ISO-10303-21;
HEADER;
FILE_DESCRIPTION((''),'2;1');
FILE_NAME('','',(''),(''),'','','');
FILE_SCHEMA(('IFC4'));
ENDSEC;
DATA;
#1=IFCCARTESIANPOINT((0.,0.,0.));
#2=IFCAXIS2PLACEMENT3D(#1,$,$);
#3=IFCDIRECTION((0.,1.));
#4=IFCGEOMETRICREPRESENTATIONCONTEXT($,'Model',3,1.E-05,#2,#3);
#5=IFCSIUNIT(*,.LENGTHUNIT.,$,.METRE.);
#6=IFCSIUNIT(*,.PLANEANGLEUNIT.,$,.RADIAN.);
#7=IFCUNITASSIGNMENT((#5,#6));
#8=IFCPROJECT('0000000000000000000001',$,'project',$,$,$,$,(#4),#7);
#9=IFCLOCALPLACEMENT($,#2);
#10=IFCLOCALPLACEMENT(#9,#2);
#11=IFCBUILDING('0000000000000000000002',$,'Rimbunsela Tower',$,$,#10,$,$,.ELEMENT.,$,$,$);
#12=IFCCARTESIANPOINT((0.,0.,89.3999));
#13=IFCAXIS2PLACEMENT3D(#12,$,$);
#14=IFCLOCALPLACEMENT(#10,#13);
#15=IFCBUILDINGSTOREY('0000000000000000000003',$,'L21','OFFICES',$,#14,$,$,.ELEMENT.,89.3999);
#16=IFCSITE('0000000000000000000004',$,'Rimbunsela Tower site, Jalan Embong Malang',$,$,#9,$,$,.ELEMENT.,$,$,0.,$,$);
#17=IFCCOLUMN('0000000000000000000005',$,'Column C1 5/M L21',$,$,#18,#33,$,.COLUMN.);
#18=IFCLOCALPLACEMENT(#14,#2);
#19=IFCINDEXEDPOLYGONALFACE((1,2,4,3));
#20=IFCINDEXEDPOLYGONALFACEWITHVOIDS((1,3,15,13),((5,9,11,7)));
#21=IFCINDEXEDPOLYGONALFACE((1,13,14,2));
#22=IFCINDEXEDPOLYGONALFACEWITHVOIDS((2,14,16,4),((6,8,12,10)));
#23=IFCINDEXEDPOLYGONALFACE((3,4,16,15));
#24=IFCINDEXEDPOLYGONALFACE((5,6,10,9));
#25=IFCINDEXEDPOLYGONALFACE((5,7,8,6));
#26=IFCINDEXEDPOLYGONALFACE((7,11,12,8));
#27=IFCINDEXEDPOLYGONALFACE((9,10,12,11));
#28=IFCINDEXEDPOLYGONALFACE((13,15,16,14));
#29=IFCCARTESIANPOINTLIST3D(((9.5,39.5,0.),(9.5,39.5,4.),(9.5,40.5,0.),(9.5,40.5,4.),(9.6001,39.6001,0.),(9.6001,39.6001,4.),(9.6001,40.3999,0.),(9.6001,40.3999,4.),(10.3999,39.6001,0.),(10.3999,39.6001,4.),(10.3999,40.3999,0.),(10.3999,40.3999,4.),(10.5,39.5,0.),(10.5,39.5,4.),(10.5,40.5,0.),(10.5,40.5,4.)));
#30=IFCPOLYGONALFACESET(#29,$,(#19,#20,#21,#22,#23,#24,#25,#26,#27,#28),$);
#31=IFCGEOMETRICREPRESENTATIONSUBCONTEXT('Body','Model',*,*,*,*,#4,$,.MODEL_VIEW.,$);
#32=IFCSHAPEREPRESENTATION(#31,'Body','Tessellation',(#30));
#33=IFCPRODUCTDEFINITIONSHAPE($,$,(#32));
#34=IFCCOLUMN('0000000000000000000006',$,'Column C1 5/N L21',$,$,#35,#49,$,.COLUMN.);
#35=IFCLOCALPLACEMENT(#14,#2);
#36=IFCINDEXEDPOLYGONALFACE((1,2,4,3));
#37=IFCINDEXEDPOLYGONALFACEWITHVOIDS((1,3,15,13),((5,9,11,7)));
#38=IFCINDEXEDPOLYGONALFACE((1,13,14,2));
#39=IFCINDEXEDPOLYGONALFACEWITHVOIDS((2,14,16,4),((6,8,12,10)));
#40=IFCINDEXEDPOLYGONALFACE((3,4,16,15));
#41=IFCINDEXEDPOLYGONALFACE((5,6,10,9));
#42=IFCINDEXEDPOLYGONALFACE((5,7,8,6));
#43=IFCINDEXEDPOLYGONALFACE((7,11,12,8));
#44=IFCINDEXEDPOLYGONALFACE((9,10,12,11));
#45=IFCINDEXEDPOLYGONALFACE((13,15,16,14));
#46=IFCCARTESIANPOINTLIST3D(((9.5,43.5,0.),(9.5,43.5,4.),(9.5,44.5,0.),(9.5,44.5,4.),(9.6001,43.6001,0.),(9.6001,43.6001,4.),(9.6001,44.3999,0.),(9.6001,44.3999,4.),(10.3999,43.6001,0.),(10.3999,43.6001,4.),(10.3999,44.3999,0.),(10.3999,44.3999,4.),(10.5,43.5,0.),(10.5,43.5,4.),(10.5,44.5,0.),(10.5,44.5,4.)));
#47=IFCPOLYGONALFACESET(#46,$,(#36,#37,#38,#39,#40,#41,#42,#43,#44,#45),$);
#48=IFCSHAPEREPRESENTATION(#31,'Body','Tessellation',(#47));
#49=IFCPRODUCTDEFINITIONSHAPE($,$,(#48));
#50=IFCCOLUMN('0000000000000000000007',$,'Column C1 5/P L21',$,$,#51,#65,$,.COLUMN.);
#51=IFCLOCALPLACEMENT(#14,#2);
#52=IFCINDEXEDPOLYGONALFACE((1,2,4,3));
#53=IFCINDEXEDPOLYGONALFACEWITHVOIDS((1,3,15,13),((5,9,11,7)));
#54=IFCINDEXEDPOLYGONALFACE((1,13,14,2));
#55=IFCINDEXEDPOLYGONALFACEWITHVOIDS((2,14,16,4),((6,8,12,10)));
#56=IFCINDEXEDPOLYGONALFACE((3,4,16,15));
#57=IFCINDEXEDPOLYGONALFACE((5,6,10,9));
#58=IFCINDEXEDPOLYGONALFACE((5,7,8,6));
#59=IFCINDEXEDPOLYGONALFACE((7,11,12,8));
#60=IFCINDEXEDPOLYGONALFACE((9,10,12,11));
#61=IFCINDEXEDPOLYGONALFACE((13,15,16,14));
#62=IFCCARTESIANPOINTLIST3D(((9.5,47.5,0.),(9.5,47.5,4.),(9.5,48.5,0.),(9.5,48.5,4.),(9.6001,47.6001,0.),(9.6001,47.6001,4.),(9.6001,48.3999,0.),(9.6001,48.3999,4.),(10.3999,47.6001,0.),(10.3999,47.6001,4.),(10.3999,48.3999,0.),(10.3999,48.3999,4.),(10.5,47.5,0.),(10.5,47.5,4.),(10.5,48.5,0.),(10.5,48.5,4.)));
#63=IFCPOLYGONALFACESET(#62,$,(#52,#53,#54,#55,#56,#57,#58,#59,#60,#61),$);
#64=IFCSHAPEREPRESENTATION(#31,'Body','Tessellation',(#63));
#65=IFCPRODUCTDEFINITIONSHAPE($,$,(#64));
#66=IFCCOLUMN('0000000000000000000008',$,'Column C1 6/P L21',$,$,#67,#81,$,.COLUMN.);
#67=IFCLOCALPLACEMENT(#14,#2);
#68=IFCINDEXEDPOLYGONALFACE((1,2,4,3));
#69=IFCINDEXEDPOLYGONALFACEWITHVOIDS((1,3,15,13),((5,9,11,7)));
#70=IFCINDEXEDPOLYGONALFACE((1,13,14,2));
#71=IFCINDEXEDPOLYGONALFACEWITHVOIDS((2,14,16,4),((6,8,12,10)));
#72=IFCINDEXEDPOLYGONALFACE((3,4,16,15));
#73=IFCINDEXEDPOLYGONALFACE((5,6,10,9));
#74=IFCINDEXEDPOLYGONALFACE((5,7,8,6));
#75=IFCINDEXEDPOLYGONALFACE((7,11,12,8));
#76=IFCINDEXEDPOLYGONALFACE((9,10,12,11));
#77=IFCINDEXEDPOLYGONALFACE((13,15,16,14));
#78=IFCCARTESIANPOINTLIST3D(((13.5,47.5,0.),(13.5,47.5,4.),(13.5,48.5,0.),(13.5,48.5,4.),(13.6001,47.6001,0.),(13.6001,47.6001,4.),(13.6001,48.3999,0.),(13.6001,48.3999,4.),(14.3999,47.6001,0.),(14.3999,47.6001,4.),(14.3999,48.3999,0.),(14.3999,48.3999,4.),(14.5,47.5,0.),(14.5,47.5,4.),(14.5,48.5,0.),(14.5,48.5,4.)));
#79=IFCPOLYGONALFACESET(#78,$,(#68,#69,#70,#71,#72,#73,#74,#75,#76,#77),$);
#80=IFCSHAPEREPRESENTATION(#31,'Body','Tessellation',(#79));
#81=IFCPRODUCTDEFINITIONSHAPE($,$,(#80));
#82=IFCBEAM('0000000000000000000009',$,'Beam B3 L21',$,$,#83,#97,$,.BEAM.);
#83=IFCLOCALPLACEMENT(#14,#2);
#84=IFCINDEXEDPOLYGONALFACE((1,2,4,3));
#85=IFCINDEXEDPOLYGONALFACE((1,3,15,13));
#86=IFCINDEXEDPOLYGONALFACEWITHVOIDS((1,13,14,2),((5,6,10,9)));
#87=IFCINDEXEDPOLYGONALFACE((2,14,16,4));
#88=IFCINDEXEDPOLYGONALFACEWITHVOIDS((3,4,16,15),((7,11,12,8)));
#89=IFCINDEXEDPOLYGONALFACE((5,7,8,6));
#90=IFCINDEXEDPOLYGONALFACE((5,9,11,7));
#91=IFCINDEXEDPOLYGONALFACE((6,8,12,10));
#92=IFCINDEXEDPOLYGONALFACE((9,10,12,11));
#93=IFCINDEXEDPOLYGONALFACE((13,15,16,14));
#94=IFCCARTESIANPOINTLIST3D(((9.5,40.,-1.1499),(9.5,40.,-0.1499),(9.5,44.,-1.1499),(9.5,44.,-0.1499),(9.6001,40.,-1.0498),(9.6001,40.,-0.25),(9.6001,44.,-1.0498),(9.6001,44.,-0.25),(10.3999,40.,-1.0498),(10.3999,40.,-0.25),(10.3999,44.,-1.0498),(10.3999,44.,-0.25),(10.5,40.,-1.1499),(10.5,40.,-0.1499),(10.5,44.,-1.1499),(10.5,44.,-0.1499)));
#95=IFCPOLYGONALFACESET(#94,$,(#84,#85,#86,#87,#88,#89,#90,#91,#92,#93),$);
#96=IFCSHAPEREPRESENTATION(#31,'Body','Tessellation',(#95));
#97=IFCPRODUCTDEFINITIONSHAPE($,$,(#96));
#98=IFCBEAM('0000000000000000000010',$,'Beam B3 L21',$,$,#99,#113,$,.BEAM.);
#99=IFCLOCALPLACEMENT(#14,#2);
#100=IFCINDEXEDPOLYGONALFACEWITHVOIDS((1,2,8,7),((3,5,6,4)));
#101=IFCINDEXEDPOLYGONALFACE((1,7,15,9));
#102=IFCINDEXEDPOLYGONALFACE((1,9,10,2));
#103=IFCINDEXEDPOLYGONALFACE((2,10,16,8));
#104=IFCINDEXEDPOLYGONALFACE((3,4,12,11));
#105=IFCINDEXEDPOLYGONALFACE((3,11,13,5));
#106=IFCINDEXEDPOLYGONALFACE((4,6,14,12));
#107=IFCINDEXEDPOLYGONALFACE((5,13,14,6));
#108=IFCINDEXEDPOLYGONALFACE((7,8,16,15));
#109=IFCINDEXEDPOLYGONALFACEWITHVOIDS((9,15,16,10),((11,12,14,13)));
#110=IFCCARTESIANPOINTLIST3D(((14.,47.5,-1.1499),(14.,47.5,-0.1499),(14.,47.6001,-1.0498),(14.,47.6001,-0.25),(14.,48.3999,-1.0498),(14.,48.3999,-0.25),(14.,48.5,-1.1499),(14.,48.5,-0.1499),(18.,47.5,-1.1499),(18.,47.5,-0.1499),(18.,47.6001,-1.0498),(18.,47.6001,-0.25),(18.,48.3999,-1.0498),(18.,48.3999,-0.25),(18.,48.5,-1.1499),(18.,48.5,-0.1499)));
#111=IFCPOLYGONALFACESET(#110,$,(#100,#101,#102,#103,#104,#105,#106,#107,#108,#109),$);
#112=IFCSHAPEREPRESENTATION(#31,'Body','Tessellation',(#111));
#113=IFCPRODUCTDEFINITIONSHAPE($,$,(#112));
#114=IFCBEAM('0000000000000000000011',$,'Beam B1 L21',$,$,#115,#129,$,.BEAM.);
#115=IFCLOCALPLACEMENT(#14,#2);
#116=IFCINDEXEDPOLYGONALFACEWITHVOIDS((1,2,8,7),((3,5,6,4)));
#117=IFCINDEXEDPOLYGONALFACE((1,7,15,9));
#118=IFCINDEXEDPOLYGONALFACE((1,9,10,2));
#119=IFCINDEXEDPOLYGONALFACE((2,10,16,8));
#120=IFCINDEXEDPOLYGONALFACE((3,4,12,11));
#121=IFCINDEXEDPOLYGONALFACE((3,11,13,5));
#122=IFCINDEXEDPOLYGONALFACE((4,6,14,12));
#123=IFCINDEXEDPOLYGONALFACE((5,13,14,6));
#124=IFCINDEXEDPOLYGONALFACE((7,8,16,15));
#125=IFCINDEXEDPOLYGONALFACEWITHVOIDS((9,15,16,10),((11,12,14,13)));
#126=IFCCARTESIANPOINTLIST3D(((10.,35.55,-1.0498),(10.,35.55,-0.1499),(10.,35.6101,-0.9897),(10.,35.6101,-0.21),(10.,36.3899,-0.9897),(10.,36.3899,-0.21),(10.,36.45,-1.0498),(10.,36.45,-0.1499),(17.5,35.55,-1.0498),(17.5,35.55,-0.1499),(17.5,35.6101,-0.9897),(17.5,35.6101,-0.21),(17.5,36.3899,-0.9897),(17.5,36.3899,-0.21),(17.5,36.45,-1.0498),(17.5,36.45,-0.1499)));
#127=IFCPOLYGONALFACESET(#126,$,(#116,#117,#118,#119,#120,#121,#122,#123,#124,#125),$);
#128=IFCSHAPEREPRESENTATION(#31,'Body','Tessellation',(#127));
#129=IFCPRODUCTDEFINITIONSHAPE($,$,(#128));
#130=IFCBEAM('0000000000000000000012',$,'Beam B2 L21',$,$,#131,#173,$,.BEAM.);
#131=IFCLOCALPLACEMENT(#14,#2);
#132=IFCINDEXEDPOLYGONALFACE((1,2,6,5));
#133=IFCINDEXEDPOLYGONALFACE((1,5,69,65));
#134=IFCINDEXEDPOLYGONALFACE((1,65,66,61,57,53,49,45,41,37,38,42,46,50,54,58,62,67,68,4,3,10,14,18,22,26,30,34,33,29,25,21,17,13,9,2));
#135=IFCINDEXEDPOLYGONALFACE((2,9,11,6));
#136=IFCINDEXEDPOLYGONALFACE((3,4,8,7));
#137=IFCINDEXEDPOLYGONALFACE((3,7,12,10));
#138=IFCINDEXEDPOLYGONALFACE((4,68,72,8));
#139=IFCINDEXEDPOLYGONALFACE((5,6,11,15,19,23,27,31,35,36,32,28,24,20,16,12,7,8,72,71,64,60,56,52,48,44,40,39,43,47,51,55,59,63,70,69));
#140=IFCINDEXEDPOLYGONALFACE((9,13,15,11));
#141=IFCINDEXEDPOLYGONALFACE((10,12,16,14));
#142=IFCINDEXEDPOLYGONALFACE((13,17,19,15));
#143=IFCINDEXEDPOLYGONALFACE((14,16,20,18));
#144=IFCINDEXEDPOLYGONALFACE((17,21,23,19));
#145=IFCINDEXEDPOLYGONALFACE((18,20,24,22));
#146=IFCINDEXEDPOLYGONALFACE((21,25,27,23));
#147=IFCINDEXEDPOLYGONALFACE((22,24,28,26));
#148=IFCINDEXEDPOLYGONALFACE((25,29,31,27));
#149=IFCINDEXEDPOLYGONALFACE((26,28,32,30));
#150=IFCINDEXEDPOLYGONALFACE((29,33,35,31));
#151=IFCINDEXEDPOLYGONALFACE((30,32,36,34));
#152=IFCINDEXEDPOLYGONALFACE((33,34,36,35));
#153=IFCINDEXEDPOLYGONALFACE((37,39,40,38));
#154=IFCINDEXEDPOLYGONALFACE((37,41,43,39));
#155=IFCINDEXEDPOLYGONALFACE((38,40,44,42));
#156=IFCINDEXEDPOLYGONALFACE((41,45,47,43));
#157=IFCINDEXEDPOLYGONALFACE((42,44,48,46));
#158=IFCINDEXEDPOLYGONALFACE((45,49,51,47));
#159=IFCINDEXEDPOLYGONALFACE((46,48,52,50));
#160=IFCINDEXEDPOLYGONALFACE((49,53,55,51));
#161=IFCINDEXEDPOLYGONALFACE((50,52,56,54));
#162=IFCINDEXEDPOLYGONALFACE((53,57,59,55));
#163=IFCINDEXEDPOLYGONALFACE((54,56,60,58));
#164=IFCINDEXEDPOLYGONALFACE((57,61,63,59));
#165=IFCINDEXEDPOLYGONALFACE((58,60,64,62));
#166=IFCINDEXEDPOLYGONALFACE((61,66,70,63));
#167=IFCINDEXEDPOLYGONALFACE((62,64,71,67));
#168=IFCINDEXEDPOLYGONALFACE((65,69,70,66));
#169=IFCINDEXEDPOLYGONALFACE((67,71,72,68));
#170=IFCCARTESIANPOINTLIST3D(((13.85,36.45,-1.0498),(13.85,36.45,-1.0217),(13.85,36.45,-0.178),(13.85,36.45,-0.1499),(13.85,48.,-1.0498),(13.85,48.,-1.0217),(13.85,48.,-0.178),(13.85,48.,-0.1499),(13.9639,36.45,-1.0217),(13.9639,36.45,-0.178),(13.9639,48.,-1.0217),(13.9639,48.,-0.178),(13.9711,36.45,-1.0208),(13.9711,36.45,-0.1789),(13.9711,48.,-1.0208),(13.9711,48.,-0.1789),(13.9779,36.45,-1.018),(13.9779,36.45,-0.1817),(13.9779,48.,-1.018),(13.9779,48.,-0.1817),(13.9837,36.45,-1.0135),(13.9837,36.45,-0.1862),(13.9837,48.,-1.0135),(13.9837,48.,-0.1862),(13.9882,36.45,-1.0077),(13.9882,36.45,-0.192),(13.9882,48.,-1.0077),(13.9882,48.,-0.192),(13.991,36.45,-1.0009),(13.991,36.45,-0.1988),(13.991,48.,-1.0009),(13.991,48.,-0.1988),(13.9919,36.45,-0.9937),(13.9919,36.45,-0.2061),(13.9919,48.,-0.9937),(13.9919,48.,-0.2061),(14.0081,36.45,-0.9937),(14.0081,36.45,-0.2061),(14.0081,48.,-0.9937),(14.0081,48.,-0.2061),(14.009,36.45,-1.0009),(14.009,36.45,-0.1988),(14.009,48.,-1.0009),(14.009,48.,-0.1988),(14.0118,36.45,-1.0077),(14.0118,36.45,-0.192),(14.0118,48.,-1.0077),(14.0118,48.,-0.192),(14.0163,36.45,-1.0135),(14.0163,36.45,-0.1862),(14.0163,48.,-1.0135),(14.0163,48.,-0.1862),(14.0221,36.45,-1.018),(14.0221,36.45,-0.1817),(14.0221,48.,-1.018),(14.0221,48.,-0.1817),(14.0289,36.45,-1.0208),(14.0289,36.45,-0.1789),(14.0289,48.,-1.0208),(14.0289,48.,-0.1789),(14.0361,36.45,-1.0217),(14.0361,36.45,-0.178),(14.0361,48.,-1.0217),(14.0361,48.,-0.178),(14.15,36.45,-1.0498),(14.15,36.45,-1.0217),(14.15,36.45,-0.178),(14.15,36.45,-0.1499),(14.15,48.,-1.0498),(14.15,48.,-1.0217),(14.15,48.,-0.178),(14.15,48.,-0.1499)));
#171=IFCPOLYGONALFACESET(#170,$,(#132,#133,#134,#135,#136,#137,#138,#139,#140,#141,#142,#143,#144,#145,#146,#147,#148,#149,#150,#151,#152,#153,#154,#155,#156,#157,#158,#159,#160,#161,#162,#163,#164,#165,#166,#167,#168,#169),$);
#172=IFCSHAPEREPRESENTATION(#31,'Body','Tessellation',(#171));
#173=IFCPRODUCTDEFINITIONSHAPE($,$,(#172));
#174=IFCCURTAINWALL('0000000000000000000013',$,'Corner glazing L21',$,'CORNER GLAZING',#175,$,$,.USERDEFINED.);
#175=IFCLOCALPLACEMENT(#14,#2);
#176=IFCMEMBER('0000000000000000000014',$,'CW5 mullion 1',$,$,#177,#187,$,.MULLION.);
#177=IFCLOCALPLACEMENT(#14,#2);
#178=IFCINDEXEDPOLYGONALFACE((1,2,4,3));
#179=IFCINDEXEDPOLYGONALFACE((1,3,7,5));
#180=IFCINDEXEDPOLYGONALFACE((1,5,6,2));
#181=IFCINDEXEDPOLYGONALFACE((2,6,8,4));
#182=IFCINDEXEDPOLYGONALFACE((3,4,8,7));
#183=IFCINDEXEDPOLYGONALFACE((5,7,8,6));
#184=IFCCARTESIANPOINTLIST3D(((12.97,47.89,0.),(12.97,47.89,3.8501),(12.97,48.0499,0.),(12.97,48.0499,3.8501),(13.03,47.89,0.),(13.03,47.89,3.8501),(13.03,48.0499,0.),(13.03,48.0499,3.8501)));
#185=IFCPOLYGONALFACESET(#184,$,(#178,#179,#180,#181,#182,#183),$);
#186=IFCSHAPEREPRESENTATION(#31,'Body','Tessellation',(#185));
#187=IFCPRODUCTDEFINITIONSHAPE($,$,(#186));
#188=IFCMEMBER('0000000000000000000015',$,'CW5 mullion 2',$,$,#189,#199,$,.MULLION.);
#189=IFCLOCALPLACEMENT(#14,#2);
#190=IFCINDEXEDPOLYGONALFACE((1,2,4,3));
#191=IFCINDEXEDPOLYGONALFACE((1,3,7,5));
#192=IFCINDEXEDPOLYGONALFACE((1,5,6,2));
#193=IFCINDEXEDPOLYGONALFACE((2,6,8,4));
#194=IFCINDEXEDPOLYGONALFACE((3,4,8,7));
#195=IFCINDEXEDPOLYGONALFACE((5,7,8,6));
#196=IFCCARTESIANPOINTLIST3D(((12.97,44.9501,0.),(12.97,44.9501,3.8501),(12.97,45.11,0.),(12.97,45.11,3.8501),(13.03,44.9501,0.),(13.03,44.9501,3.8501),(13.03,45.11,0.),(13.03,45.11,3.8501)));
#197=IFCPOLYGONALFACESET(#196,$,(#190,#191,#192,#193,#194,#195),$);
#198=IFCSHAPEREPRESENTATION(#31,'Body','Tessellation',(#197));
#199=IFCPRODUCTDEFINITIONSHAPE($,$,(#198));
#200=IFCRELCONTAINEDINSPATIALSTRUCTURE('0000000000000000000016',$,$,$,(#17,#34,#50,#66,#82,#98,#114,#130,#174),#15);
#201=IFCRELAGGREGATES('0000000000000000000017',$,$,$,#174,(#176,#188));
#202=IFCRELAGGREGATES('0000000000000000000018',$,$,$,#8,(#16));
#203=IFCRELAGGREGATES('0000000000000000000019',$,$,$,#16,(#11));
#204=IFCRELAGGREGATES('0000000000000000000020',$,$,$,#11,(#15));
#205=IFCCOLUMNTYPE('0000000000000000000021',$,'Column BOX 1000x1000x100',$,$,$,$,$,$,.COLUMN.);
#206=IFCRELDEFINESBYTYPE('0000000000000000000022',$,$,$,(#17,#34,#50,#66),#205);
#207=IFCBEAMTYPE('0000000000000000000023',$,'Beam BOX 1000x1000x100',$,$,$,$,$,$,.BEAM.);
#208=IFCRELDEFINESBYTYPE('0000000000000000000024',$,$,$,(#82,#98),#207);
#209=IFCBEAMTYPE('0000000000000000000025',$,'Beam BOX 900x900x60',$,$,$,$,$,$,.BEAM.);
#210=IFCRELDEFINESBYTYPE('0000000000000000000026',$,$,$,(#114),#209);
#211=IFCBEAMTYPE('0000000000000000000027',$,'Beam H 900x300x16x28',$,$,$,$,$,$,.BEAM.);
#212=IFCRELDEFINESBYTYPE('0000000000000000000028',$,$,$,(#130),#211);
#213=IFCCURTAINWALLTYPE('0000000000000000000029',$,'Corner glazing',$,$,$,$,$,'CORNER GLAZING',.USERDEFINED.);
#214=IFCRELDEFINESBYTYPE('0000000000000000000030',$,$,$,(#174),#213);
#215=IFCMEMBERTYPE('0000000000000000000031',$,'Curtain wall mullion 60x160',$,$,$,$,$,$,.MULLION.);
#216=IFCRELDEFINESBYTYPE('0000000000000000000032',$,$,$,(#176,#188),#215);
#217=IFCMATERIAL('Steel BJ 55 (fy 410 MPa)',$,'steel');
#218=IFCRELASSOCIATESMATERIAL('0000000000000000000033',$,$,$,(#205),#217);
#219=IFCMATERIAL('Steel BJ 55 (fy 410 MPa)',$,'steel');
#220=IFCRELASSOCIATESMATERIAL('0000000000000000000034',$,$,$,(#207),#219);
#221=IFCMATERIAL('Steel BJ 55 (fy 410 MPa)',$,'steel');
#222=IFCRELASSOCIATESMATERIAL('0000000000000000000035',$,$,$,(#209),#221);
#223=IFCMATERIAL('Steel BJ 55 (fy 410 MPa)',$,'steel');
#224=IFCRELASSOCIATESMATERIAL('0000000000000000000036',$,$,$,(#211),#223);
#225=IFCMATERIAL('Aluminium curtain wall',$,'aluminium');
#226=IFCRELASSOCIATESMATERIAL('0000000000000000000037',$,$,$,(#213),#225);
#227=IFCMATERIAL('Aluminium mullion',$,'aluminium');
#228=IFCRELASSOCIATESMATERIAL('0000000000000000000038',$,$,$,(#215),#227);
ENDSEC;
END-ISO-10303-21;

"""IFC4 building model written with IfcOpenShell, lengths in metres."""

from ifc_helpers import new_model, si_unit, direction, frame, origin, origin_2d, place, context, subcontext, project, spatial, rectangle, hollow_rectangle, i_section, extrude, material, material_profile, profile_set, type_object, element, aggregate, save


model = new_model("IFC4")

# Units and contexts
model_context = context("Model", 3, precision=1e-05, world=origin(), true_north=direction((0.0, 1.0)))
body_context = subcontext(model_context, "Body", "Model", "MODEL_VIEW")
ifc_project = project(units=[si_unit("LENGTHUNIT", "METRE"), si_unit("PLANEANGLEUNIT", "RADIAN")], contexts=[model_context])

# Site, building, storey
site_placement = place(None, origin())
site = spatial("IfcSite", under=ifc_project, at=site_placement, Name="Rimbunsela Tower site, Jalan Embong Malang", CompositionType="ELEMENT", RefElevation=0.0)
building_placement = place(site_placement, origin())
building = spatial("IfcBuilding", under=site, at=building_placement, Name="Rimbunsela Tower", CompositionType="ELEMENT")
storey_placement = place(building_placement, frame((0.0, 0.0, 89.3999)))
storey = spatial("IfcBuildingStorey", under=building, at=storey_placement, Name="L21", Description="OFFICES", CompositionType="ELEMENT", Elevation=89.3999)

# Columns
ifc_material_1 = material(Name="Steel BJ 55 (fy 410 MPa)", Category="steel")
ifc_material_profile_1 = material_profile(ifc_material_1, hollow_rectangle(XDim=1.0, YDim=1.0, WallThickness=0.1001, at=origin_2d()), Name="BOX 1000x1000x100")
ifc_profile_set_1 = profile_set([ifc_material_profile_1], Name="Steel BJ 55 (fy 410 MPa)")
column_type = type_object("IfcColumnType", Name="Column BOX 1000x1000x100", PredefinedType="COLUMN", material=ifc_profile_set_1)
for number, where, z_axis, x_axis, name in (
    (1, (10.0, 40.0, 0.0), (0.0, 0.0, 1.0), (1.0, 0.0, 0.0), "Column C1 5/M L21"),
    (2, (10.0, 44.0, 0.0), (0.0, 0.0, 1.0), (1.0, 0.0, 0.0), "Column C1 5/N L21"),
    (3, (10.0, 48.0, 0.0), (0.0, 0.0, 1.0), (1.0, 0.0, 0.0), "Column C1 5/P L21"),
    (4, (14.0, 48.0, 0.0), (0.0, 0.0, 1.0), (1.0, 0.0, 0.0), "Column C1 6/P L21"),
):
    element("IfcColumn", number, at=place(storey_placement, frame(where, z_axis=z_axis, x_axis=x_axis)), inside=storey, type_object=column_type, Name=name, PredefinedType="COLUMN", context=body_context, shape_type="SweptSolid", body=[
        extrude(hollow_rectangle(XDim=1.0, YDim=1.0, WallThickness=0.1001, at=origin_2d()), origin(), (0.0, 0.0, 1.0), 4.0),
    ])

# Beams
ifc_material_2 = material(Name="Steel BJ 55 (fy 410 MPa)", Category="steel")
ifc_material_profile_2 = material_profile(ifc_material_2, hollow_rectangle(XDim=1.0, YDim=1.0, WallThickness=0.1001, at=origin_2d()), Name="BOX 1000x1000x100")
ifc_profile_set_2 = profile_set([ifc_material_profile_2], Name="Steel BJ 55 (fy 410 MPa)")
beam_type_1 = type_object("IfcBeamType", Name="Beam BOX 1000x1000x100", PredefinedType="BEAM", material=ifc_profile_set_2)
for number, where, z_axis, x_axis, name in (
    (5, (10.0, 40.0, -0.6499), (0.0, 1.0, 0.0), (-1.0, 0.0, 0.0), "Beam B3 L21"),
    (6, (14.0, 48.0, -0.6499), (1.0, 0.0, 0.0), (0.0, 1.0, 0.0), "Beam B3 L21"),
):
    element("IfcBeam", number, at=place(storey_placement, frame(where, z_axis=z_axis, x_axis=x_axis)), inside=storey, type_object=beam_type_1, Name=name, PredefinedType="BEAM", context=body_context, shape_type="SweptSolid", body=[
        extrude(hollow_rectangle(XDim=1.0, YDim=1.0, WallThickness=0.1001, at=origin_2d()), origin(), (0.0, 0.0, 1.0), 4.0),
    ])
ifc_material_3 = material(Name="Steel BJ 55 (fy 410 MPa)", Category="steel")
ifc_material_profile_3 = material_profile(ifc_material_3, hollow_rectangle(XDim=0.8999, YDim=0.8999, WallThickness=0.0601, at=origin_2d()), Name="BOX 900x900x60")
ifc_profile_set_3 = profile_set([ifc_material_profile_3], Name="Steel BJ 55 (fy 410 MPa)")
beam_type_2 = type_object("IfcBeamType", Name="Beam BOX 900x900x60", PredefinedType="BEAM", material=ifc_profile_set_3)
beam_1_placement = place(storey_placement, frame((10.0, 36.0, -0.5999), z_axis=(1.0, 0.0, 0.0), x_axis=(0.0, 1.0, 0.0)))
element("IfcBeam", 7, at=beam_1_placement, inside=storey, type_object=beam_type_2, Name="Beam B1 L21", PredefinedType="BEAM", context=body_context, shape_type="SweptSolid", body=[
    extrude(hollow_rectangle(XDim=0.8999, YDim=0.8999, WallThickness=0.0601, at=origin_2d()), origin(), (0.0, 0.0, 1.0), 7.5),
])
ifc_material_4 = material(Name="Steel BJ 55 (fy 410 MPa)", Category="steel")
ifc_material_profile_4 = material_profile(ifc_material_4, i_section(OverallWidth=0.3, OverallDepth=0.8999, WebThickness=0.0161, FlangeThickness=0.0281, FilletRadius=0.0281, at=origin_2d()), Name="H 900x300x16x28")
ifc_profile_set_4 = profile_set([ifc_material_profile_4], Name="Steel BJ 55 (fy 410 MPa)")
beam_type_3 = type_object("IfcBeamType", Name="Beam H 900x300x16x28", PredefinedType="BEAM", material=ifc_profile_set_4)
beam_2_placement = place(storey_placement, frame((14.0, 36.45, -0.5999), z_axis=(0.0, 1.0, 0.0), x_axis=(-1.0, 0.0, 0.0)))
element("IfcBeam", 8, at=beam_2_placement, inside=storey, type_object=beam_type_3, Name="Beam B2 L21", PredefinedType="BEAM", context=body_context, shape_type="SweptSolid", body=[
    extrude(i_section(OverallWidth=0.3, OverallDepth=0.8999, WebThickness=0.0161, FlangeThickness=0.0281, FilletRadius=0.0281, at=origin_2d()), origin(), (0.0, 0.0, 1.0), 11.55),
])

# Curtain wall, members
ifc_material_5 = material(Name="Aluminium curtain wall", Category="aluminium")
curtain_wall_type = type_object("IfcCurtainWallType", Name="Corner glazing", ElementType="CORNER GLAZING", PredefinedType="USERDEFINED", material=ifc_material_5)
curtain_wall_1_placement = place(storey_placement, origin())
curtain_wall_1 = element("IfcCurtainWall", 9, at=curtain_wall_1_placement, inside=storey, type_object=curtain_wall_type, Name="Corner glazing L21", ObjectType="CORNER GLAZING", PredefinedType="USERDEFINED")
ifc_material_6 = material(Name="Aluminium mullion", Category="aluminium")
ifc_material_profile_5 = material_profile(ifc_material_6, rectangle(XDim=0.0601, YDim=0.1599, at=origin_2d()), Name="Mullion 60x160")
ifc_profile_set_5 = profile_set([ifc_material_profile_5], Name="Aluminium mullion")
member_type_1 = type_object("IfcMemberType", Name="Curtain wall mullion 60x160", PredefinedType="MULLION", material=ifc_profile_set_5)
member_1_placement = place(storey_placement, frame((13.0, 47.97, 0.0), z_axis=(0.0, 0.0, 1.0), x_axis=(1.0, 0.0, 0.0)))
member_1 = element("IfcMember", 10, at=member_1_placement, type_object=member_type_1, Name="CW5 mullion 1", PredefinedType="MULLION", context=body_context, shape_type="SweptSolid", body=[
    extrude(rectangle(XDim=0.0601, YDim=0.1599, at=origin_2d()), origin(), (0.0, 0.0, 1.0), 3.8501),
])
member_2_placement = place(storey_placement, frame((13.0, 45.03, 0.0), z_axis=(0.0, 0.0, 1.0), x_axis=(1.0, 0.0, 0.0)))
member_2 = element("IfcMember", 11, at=member_2_placement, type_object=member_type_1, Name="CW5 mullion 2", PredefinedType="MULLION", context=body_context, shape_type="SweptSolid", body=[
    extrude(rectangle(XDim=0.0601, YDim=0.1599, at=origin_2d()), origin(), (0.0, 0.0, 1.0), 3.8501),
])

aggregate(curtain_wall_1, [member_1, member_2])

save(model, "model.ifc")
